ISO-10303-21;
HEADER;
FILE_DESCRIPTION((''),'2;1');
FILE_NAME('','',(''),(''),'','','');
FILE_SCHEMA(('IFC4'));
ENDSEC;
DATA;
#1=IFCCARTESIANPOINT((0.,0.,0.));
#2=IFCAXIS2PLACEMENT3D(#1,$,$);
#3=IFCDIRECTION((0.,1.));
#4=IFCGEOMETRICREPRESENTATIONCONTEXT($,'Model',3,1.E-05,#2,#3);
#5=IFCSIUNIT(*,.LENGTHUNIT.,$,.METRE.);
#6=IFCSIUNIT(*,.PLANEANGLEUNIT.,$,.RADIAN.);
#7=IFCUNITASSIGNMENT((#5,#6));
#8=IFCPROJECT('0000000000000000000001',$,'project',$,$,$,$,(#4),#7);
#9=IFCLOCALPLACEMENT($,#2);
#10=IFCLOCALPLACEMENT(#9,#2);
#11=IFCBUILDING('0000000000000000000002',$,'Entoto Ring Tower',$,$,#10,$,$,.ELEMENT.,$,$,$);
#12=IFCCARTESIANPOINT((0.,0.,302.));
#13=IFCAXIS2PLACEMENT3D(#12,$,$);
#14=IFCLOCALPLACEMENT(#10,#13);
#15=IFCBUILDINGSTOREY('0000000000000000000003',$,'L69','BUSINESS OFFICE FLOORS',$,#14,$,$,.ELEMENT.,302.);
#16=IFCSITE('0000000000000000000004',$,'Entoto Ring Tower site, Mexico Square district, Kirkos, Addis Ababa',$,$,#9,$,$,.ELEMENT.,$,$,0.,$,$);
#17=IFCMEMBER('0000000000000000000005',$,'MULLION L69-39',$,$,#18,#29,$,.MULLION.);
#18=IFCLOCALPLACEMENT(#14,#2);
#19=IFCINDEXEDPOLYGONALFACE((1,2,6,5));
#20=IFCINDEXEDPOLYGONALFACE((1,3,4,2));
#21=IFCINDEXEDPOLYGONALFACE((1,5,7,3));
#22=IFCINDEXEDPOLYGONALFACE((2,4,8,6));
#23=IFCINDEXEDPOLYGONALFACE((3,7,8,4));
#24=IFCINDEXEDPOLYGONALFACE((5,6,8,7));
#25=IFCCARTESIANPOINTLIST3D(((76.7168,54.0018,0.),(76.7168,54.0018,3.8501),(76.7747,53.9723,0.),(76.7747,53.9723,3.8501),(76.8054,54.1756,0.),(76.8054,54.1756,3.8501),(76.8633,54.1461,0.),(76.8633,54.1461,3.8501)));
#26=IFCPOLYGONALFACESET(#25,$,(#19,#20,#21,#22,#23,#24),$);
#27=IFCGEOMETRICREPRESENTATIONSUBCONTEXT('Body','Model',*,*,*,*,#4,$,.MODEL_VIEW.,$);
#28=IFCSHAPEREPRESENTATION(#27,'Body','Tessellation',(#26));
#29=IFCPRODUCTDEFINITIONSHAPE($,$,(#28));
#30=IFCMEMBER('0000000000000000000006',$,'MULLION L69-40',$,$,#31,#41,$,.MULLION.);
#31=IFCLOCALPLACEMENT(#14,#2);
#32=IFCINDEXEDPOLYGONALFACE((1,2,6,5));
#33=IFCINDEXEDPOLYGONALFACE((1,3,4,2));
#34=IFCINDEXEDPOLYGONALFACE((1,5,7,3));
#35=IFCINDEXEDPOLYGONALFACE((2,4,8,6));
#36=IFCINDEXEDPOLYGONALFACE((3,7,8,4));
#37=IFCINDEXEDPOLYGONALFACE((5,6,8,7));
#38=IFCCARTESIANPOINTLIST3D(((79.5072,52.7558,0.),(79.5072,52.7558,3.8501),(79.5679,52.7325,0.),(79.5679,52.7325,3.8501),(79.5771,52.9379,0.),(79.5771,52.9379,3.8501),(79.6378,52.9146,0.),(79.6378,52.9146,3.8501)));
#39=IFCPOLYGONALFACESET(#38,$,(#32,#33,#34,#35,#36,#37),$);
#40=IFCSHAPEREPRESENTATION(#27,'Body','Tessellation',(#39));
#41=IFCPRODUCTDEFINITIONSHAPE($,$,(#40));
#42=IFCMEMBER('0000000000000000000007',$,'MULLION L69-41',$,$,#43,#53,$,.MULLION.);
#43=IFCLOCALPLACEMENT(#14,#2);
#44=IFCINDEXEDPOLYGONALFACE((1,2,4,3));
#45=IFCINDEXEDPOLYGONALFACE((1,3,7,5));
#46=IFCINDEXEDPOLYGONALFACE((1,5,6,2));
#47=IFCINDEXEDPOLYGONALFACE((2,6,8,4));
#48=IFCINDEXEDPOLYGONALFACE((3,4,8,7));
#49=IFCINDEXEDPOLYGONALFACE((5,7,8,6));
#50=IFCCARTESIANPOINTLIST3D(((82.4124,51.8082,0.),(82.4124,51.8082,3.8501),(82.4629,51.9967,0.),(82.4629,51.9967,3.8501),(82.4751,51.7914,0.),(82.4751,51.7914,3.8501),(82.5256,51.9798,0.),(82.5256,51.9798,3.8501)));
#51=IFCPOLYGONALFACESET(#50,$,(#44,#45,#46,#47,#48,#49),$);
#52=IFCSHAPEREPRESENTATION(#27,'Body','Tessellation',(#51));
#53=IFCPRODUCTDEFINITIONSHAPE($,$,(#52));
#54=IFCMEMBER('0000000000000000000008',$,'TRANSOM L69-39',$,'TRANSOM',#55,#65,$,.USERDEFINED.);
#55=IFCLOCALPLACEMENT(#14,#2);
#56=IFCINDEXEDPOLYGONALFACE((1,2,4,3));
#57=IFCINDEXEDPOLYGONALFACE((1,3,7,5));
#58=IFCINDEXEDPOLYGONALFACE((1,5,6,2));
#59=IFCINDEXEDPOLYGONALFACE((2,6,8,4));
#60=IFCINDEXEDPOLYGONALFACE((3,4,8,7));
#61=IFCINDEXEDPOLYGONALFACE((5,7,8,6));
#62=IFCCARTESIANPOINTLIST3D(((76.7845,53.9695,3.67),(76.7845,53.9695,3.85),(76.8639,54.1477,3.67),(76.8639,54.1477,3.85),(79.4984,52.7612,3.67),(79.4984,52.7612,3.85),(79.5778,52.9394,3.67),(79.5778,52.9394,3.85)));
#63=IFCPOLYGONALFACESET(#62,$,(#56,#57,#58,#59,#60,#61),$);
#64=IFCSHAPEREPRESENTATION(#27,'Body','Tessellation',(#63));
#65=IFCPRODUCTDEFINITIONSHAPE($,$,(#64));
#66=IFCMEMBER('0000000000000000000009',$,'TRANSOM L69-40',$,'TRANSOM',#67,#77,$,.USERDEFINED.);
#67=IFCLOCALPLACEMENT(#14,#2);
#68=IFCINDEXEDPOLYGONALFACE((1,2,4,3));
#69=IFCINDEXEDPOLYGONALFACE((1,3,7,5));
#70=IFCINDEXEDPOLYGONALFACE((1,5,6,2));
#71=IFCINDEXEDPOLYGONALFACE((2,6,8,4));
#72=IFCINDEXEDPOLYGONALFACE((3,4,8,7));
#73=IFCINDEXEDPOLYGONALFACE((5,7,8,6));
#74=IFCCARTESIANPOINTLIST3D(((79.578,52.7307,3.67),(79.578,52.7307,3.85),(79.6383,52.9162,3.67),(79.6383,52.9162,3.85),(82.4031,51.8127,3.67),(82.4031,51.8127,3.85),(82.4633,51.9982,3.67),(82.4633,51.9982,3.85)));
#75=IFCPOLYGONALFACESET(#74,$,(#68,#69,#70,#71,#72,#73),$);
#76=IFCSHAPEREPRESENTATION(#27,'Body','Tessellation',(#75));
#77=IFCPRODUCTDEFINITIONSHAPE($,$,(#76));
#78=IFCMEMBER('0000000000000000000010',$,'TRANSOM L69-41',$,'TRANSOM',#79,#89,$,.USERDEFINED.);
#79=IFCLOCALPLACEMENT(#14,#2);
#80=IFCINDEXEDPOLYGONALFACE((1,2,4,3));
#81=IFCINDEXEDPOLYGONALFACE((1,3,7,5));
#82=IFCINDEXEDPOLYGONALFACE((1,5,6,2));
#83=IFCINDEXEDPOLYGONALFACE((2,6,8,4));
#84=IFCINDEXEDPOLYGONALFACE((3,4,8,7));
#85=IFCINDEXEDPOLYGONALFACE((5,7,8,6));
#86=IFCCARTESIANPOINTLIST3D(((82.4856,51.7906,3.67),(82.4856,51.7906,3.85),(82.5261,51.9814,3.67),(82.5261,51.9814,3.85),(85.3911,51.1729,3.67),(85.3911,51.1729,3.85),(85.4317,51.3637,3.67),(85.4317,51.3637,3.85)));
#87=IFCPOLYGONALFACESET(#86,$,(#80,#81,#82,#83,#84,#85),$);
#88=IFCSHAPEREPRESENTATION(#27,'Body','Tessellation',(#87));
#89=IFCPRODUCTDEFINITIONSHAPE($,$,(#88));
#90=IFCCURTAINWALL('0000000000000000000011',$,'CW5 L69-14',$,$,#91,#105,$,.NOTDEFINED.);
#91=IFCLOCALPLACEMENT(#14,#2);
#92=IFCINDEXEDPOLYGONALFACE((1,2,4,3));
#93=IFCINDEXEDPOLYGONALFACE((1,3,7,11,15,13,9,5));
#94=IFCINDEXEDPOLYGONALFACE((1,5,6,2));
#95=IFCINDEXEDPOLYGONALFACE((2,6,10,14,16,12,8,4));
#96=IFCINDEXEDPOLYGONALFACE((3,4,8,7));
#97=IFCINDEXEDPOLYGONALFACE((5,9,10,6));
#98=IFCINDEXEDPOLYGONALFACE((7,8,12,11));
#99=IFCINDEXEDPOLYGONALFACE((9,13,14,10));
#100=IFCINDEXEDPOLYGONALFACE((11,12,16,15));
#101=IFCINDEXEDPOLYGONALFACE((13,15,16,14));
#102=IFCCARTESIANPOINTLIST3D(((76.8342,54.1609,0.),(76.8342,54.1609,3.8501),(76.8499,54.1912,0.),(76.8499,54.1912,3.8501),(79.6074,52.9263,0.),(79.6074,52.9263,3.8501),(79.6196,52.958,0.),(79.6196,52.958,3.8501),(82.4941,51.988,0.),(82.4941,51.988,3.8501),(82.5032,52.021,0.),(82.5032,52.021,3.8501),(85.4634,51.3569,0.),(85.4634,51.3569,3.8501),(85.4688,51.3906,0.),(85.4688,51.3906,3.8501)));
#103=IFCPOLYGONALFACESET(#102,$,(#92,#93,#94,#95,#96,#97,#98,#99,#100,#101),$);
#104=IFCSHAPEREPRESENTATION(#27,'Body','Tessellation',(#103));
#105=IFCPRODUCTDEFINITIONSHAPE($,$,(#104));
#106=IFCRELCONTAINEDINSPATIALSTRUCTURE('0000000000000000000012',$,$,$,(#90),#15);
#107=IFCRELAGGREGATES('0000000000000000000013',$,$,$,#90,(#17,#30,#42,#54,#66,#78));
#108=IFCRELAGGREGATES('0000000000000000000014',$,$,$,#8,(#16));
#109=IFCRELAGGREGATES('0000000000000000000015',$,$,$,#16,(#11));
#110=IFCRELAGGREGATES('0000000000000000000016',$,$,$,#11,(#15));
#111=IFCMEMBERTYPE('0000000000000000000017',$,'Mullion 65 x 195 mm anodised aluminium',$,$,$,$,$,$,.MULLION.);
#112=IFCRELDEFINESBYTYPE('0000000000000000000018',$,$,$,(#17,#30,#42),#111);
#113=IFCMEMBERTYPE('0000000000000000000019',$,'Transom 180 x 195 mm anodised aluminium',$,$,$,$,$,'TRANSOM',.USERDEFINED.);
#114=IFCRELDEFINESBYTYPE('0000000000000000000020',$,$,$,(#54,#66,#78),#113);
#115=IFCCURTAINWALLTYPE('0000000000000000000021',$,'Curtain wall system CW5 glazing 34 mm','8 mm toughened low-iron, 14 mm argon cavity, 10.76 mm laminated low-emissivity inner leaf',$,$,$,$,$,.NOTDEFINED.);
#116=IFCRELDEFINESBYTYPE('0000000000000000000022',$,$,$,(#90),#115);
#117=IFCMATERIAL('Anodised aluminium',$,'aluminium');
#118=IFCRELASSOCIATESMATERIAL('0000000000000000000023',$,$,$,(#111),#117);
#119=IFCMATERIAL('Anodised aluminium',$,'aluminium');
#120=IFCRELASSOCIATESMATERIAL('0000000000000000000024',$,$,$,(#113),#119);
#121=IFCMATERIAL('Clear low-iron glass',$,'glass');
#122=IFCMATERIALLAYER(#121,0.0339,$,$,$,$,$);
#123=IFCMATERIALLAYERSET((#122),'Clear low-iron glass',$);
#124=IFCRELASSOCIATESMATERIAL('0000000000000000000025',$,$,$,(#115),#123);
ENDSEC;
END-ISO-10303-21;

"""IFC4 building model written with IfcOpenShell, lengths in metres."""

from ifc_helpers import new_model, si_unit, direction, frame, origin, origin_2d, place, context, subcontext, project, spatial, polyline, rectangle, outline, extrude, material, layer, layer_set, material_profile, profile_set, type_object, element, aggregate, save


model = new_model("IFC4")

# Units and contexts
model_context = context("Model", 3, precision=1e-05, world=origin(), true_north=direction((0.0, 1.0)))
body_context = subcontext(model_context, "Body", "Model", "MODEL_VIEW")
ifc_project = project(units=[si_unit("LENGTHUNIT", "METRE"), si_unit("PLANEANGLEUNIT", "RADIAN")], contexts=[model_context])

# Members
ifc_material_1 = material(Name="Anodised aluminium", Category="aluminium")
ifc_material_profile_1 = material_profile(ifc_material_1, rectangle(XDim=0.0649, YDim=0.1951, at=origin_2d()), Name="Mullion 65 x 195 mm anodised aluminium")
ifc_profile_set_1 = profile_set([ifc_material_profile_1], Name="Anodised aluminium")
member_type_1 = type_object("IfcMemberType", Name="Mullion 65 x 195 mm anodised aluminium", PredefinedType="MULLION", material=ifc_profile_set_1)
site_placement = place(None, origin())
building_placement = place(site_placement, origin())
storey_placement = place(building_placement, frame((0.0, 0.0, 302.0)))
member_1_placement = place(storey_placement, frame((76.79, 54.074, 0.0), z_axis=(0.0, 0.0, 1.0), x_axis=(0.891007, -0.45399, 0.0)))
member_1 = element("IfcMember", 1, at=member_1_placement, type_object=member_type_1, Name="MULLION L69-39", PredefinedType="MULLION", context=body_context, shape_type="SweptSolid", body=[
    extrude(rectangle(XDim=0.0649, YDim=0.1951, at=origin_2d()), origin(), (0.0, 0.0, 1.0), 3.8501),
])
member_2_placement = place(storey_placement, frame((79.5725, 52.8352, 0.0), z_axis=(0.0, 0.0, 1.0), x_axis=(0.93358, -0.358368, 0.0)))
member_2 = element("IfcMember", 2, at=member_2_placement, type_object=member_type_1, Name="MULLION L69-40", PredefinedType="MULLION", context=body_context, shape_type="SweptSolid", body=[
    extrude(rectangle(XDim=0.0649, YDim=0.1951, at=origin_2d()), origin(), (0.0, 0.0, 1.0), 3.8501),
])
member_3_placement = place(storey_placement, frame((82.469, 51.894, 0.0), z_axis=(0.0, 0.0, 1.0), x_axis=(0.965926, -0.258819, 0.0)))
member_3 = element("IfcMember", 3, at=member_3_placement, type_object=member_type_1, Name="MULLION L69-41", PredefinedType="MULLION", context=body_context, shape_type="SweptSolid", body=[
    extrude(rectangle(XDim=0.0649, YDim=0.1951, at=origin_2d()), origin(), (0.0, 0.0, 1.0), 3.8501),
])
ifc_material_2 = material(Name="Anodised aluminium", Category="aluminium")
ifc_material_profile_2 = material_profile(ifc_material_2, rectangle(XDim=0.1951, YDim=0.1799, at=origin_2d()), Name="Transom 180 x 195 mm anodised aluminium")
ifc_profile_set_2 = profile_set([ifc_material_profile_2], Name="Anodised aluminium")
member_type_2 = type_object("IfcMemberType", Name="Transom 180 x 195 mm anodised aluminium", ElementType="TRANSOM", PredefinedType="USERDEFINED", material=ifc_profile_set_2)
member_4_placement = place(storey_placement, frame((76.8242, 54.0586, 3.76), z_axis=(0.91355, -0.406726, 0.0), x_axis=(0.406726, 0.91355, 0.0)))
member_4 = element("IfcMember", 4, at=member_4_placement, type_object=member_type_2, Name="TRANSOM L69-39", ObjectType="TRANSOM", PredefinedType="USERDEFINED", context=body_context, shape_type="SweptSolid", body=[
    extrude(rectangle(XDim=0.1951, YDim=0.1799, at=origin_2d()), origin(), (0.0, 0.0, 1.0), 2.9707),
])
member_5_placement = place(storey_placement, frame((79.6082, 52.8235, 3.76), z_axis=(0.951048, -0.309043, 0.0), x_axis=(0.309043, 0.951048, 0.0)))
member_5 = element("IfcMember", 5, at=member_5_placement, type_object=member_type_2, Name="TRANSOM L69-40", ObjectType="TRANSOM", PredefinedType="USERDEFINED", context=body_context, shape_type="SweptSolid", body=[
    extrude(rectangle(XDim=0.1951, YDim=0.1799, at=origin_2d()), origin(), (0.0, 0.0, 1.0), 2.9705),
])
member_6_placement = place(storey_placement, frame((82.5059, 51.886, 3.76), z_axis=(0.978142, -0.20794, 0.0), x_axis=(0.20794, 0.978142, 0.0)))
member_6 = element("IfcMember", 6, at=member_6_placement, type_object=member_type_2, Name="TRANSOM L69-41", ObjectType="TRANSOM", PredefinedType="USERDEFINED", context=body_context, shape_type="SweptSolid", body=[
    extrude(rectangle(XDim=0.1951, YDim=0.1799, at=origin_2d()), origin(), (0.0, 0.0, 1.0), 2.9705),
])

# Site, building, storey
site = spatial("IfcSite", under=ifc_project, at=site_placement, Name="Entoto Ring Tower site, Mexico Square district, Kirkos, Addis Ababa", CompositionType="ELEMENT", RefElevation=0.0)
building = spatial("IfcBuilding", under=site, at=building_placement, Name="Entoto Ring Tower", CompositionType="ELEMENT")
storey = spatial("IfcBuildingStorey", under=building, at=storey_placement, Name="L69", Description="BUSINESS OFFICE FLOORS", CompositionType="ELEMENT", Elevation=302.0)

# Curtain wall
ifc_material_3 = material(Name="Clear low-iron glass", Category="glass")
ifc_layer = layer(ifc_material_3, 0.0339)
ifc_layer_set = layer_set([ifc_layer], Name="Clear low-iron glass")
curtain_wall_type = type_object("IfcCurtainWallType", Name="Curtain wall system CW5 glazing 34 mm", Description="8 mm toughened low-iron, 14 mm argon cavity, 10.76 mm laminated low-emissivity inner leaf", PredefinedType="NOTDEFINED", material=ifc_layer_set)
curtain_wall_1_placement = place(storey_placement, origin())
curtain_wall_1 = element("IfcCurtainWall", 7, at=curtain_wall_1_placement, inside=storey, type_object=curtain_wall_type, Name="CW5 L69-14", PredefinedType="NOTDEFINED", context=body_context, shape_type="SweptSolid", body=[
    extrude(outline(polyline([(76.8342, 54.1609), (79.6074, 52.9263), (82.4941, 51.988), (85.4634, 51.3569), (85.4688, 51.3906), (82.5032, 52.021), (79.6196, 52.958), (76.8499, 54.1912), (76.8342, 54.1609)])), origin(), (0.0, 0.0, 1.0), 3.8501),
])
aggregate(curtain_wall_1, [member_1, member_2, member_3, member_4, member_5, member_6])

save(model, "model.ifc")
